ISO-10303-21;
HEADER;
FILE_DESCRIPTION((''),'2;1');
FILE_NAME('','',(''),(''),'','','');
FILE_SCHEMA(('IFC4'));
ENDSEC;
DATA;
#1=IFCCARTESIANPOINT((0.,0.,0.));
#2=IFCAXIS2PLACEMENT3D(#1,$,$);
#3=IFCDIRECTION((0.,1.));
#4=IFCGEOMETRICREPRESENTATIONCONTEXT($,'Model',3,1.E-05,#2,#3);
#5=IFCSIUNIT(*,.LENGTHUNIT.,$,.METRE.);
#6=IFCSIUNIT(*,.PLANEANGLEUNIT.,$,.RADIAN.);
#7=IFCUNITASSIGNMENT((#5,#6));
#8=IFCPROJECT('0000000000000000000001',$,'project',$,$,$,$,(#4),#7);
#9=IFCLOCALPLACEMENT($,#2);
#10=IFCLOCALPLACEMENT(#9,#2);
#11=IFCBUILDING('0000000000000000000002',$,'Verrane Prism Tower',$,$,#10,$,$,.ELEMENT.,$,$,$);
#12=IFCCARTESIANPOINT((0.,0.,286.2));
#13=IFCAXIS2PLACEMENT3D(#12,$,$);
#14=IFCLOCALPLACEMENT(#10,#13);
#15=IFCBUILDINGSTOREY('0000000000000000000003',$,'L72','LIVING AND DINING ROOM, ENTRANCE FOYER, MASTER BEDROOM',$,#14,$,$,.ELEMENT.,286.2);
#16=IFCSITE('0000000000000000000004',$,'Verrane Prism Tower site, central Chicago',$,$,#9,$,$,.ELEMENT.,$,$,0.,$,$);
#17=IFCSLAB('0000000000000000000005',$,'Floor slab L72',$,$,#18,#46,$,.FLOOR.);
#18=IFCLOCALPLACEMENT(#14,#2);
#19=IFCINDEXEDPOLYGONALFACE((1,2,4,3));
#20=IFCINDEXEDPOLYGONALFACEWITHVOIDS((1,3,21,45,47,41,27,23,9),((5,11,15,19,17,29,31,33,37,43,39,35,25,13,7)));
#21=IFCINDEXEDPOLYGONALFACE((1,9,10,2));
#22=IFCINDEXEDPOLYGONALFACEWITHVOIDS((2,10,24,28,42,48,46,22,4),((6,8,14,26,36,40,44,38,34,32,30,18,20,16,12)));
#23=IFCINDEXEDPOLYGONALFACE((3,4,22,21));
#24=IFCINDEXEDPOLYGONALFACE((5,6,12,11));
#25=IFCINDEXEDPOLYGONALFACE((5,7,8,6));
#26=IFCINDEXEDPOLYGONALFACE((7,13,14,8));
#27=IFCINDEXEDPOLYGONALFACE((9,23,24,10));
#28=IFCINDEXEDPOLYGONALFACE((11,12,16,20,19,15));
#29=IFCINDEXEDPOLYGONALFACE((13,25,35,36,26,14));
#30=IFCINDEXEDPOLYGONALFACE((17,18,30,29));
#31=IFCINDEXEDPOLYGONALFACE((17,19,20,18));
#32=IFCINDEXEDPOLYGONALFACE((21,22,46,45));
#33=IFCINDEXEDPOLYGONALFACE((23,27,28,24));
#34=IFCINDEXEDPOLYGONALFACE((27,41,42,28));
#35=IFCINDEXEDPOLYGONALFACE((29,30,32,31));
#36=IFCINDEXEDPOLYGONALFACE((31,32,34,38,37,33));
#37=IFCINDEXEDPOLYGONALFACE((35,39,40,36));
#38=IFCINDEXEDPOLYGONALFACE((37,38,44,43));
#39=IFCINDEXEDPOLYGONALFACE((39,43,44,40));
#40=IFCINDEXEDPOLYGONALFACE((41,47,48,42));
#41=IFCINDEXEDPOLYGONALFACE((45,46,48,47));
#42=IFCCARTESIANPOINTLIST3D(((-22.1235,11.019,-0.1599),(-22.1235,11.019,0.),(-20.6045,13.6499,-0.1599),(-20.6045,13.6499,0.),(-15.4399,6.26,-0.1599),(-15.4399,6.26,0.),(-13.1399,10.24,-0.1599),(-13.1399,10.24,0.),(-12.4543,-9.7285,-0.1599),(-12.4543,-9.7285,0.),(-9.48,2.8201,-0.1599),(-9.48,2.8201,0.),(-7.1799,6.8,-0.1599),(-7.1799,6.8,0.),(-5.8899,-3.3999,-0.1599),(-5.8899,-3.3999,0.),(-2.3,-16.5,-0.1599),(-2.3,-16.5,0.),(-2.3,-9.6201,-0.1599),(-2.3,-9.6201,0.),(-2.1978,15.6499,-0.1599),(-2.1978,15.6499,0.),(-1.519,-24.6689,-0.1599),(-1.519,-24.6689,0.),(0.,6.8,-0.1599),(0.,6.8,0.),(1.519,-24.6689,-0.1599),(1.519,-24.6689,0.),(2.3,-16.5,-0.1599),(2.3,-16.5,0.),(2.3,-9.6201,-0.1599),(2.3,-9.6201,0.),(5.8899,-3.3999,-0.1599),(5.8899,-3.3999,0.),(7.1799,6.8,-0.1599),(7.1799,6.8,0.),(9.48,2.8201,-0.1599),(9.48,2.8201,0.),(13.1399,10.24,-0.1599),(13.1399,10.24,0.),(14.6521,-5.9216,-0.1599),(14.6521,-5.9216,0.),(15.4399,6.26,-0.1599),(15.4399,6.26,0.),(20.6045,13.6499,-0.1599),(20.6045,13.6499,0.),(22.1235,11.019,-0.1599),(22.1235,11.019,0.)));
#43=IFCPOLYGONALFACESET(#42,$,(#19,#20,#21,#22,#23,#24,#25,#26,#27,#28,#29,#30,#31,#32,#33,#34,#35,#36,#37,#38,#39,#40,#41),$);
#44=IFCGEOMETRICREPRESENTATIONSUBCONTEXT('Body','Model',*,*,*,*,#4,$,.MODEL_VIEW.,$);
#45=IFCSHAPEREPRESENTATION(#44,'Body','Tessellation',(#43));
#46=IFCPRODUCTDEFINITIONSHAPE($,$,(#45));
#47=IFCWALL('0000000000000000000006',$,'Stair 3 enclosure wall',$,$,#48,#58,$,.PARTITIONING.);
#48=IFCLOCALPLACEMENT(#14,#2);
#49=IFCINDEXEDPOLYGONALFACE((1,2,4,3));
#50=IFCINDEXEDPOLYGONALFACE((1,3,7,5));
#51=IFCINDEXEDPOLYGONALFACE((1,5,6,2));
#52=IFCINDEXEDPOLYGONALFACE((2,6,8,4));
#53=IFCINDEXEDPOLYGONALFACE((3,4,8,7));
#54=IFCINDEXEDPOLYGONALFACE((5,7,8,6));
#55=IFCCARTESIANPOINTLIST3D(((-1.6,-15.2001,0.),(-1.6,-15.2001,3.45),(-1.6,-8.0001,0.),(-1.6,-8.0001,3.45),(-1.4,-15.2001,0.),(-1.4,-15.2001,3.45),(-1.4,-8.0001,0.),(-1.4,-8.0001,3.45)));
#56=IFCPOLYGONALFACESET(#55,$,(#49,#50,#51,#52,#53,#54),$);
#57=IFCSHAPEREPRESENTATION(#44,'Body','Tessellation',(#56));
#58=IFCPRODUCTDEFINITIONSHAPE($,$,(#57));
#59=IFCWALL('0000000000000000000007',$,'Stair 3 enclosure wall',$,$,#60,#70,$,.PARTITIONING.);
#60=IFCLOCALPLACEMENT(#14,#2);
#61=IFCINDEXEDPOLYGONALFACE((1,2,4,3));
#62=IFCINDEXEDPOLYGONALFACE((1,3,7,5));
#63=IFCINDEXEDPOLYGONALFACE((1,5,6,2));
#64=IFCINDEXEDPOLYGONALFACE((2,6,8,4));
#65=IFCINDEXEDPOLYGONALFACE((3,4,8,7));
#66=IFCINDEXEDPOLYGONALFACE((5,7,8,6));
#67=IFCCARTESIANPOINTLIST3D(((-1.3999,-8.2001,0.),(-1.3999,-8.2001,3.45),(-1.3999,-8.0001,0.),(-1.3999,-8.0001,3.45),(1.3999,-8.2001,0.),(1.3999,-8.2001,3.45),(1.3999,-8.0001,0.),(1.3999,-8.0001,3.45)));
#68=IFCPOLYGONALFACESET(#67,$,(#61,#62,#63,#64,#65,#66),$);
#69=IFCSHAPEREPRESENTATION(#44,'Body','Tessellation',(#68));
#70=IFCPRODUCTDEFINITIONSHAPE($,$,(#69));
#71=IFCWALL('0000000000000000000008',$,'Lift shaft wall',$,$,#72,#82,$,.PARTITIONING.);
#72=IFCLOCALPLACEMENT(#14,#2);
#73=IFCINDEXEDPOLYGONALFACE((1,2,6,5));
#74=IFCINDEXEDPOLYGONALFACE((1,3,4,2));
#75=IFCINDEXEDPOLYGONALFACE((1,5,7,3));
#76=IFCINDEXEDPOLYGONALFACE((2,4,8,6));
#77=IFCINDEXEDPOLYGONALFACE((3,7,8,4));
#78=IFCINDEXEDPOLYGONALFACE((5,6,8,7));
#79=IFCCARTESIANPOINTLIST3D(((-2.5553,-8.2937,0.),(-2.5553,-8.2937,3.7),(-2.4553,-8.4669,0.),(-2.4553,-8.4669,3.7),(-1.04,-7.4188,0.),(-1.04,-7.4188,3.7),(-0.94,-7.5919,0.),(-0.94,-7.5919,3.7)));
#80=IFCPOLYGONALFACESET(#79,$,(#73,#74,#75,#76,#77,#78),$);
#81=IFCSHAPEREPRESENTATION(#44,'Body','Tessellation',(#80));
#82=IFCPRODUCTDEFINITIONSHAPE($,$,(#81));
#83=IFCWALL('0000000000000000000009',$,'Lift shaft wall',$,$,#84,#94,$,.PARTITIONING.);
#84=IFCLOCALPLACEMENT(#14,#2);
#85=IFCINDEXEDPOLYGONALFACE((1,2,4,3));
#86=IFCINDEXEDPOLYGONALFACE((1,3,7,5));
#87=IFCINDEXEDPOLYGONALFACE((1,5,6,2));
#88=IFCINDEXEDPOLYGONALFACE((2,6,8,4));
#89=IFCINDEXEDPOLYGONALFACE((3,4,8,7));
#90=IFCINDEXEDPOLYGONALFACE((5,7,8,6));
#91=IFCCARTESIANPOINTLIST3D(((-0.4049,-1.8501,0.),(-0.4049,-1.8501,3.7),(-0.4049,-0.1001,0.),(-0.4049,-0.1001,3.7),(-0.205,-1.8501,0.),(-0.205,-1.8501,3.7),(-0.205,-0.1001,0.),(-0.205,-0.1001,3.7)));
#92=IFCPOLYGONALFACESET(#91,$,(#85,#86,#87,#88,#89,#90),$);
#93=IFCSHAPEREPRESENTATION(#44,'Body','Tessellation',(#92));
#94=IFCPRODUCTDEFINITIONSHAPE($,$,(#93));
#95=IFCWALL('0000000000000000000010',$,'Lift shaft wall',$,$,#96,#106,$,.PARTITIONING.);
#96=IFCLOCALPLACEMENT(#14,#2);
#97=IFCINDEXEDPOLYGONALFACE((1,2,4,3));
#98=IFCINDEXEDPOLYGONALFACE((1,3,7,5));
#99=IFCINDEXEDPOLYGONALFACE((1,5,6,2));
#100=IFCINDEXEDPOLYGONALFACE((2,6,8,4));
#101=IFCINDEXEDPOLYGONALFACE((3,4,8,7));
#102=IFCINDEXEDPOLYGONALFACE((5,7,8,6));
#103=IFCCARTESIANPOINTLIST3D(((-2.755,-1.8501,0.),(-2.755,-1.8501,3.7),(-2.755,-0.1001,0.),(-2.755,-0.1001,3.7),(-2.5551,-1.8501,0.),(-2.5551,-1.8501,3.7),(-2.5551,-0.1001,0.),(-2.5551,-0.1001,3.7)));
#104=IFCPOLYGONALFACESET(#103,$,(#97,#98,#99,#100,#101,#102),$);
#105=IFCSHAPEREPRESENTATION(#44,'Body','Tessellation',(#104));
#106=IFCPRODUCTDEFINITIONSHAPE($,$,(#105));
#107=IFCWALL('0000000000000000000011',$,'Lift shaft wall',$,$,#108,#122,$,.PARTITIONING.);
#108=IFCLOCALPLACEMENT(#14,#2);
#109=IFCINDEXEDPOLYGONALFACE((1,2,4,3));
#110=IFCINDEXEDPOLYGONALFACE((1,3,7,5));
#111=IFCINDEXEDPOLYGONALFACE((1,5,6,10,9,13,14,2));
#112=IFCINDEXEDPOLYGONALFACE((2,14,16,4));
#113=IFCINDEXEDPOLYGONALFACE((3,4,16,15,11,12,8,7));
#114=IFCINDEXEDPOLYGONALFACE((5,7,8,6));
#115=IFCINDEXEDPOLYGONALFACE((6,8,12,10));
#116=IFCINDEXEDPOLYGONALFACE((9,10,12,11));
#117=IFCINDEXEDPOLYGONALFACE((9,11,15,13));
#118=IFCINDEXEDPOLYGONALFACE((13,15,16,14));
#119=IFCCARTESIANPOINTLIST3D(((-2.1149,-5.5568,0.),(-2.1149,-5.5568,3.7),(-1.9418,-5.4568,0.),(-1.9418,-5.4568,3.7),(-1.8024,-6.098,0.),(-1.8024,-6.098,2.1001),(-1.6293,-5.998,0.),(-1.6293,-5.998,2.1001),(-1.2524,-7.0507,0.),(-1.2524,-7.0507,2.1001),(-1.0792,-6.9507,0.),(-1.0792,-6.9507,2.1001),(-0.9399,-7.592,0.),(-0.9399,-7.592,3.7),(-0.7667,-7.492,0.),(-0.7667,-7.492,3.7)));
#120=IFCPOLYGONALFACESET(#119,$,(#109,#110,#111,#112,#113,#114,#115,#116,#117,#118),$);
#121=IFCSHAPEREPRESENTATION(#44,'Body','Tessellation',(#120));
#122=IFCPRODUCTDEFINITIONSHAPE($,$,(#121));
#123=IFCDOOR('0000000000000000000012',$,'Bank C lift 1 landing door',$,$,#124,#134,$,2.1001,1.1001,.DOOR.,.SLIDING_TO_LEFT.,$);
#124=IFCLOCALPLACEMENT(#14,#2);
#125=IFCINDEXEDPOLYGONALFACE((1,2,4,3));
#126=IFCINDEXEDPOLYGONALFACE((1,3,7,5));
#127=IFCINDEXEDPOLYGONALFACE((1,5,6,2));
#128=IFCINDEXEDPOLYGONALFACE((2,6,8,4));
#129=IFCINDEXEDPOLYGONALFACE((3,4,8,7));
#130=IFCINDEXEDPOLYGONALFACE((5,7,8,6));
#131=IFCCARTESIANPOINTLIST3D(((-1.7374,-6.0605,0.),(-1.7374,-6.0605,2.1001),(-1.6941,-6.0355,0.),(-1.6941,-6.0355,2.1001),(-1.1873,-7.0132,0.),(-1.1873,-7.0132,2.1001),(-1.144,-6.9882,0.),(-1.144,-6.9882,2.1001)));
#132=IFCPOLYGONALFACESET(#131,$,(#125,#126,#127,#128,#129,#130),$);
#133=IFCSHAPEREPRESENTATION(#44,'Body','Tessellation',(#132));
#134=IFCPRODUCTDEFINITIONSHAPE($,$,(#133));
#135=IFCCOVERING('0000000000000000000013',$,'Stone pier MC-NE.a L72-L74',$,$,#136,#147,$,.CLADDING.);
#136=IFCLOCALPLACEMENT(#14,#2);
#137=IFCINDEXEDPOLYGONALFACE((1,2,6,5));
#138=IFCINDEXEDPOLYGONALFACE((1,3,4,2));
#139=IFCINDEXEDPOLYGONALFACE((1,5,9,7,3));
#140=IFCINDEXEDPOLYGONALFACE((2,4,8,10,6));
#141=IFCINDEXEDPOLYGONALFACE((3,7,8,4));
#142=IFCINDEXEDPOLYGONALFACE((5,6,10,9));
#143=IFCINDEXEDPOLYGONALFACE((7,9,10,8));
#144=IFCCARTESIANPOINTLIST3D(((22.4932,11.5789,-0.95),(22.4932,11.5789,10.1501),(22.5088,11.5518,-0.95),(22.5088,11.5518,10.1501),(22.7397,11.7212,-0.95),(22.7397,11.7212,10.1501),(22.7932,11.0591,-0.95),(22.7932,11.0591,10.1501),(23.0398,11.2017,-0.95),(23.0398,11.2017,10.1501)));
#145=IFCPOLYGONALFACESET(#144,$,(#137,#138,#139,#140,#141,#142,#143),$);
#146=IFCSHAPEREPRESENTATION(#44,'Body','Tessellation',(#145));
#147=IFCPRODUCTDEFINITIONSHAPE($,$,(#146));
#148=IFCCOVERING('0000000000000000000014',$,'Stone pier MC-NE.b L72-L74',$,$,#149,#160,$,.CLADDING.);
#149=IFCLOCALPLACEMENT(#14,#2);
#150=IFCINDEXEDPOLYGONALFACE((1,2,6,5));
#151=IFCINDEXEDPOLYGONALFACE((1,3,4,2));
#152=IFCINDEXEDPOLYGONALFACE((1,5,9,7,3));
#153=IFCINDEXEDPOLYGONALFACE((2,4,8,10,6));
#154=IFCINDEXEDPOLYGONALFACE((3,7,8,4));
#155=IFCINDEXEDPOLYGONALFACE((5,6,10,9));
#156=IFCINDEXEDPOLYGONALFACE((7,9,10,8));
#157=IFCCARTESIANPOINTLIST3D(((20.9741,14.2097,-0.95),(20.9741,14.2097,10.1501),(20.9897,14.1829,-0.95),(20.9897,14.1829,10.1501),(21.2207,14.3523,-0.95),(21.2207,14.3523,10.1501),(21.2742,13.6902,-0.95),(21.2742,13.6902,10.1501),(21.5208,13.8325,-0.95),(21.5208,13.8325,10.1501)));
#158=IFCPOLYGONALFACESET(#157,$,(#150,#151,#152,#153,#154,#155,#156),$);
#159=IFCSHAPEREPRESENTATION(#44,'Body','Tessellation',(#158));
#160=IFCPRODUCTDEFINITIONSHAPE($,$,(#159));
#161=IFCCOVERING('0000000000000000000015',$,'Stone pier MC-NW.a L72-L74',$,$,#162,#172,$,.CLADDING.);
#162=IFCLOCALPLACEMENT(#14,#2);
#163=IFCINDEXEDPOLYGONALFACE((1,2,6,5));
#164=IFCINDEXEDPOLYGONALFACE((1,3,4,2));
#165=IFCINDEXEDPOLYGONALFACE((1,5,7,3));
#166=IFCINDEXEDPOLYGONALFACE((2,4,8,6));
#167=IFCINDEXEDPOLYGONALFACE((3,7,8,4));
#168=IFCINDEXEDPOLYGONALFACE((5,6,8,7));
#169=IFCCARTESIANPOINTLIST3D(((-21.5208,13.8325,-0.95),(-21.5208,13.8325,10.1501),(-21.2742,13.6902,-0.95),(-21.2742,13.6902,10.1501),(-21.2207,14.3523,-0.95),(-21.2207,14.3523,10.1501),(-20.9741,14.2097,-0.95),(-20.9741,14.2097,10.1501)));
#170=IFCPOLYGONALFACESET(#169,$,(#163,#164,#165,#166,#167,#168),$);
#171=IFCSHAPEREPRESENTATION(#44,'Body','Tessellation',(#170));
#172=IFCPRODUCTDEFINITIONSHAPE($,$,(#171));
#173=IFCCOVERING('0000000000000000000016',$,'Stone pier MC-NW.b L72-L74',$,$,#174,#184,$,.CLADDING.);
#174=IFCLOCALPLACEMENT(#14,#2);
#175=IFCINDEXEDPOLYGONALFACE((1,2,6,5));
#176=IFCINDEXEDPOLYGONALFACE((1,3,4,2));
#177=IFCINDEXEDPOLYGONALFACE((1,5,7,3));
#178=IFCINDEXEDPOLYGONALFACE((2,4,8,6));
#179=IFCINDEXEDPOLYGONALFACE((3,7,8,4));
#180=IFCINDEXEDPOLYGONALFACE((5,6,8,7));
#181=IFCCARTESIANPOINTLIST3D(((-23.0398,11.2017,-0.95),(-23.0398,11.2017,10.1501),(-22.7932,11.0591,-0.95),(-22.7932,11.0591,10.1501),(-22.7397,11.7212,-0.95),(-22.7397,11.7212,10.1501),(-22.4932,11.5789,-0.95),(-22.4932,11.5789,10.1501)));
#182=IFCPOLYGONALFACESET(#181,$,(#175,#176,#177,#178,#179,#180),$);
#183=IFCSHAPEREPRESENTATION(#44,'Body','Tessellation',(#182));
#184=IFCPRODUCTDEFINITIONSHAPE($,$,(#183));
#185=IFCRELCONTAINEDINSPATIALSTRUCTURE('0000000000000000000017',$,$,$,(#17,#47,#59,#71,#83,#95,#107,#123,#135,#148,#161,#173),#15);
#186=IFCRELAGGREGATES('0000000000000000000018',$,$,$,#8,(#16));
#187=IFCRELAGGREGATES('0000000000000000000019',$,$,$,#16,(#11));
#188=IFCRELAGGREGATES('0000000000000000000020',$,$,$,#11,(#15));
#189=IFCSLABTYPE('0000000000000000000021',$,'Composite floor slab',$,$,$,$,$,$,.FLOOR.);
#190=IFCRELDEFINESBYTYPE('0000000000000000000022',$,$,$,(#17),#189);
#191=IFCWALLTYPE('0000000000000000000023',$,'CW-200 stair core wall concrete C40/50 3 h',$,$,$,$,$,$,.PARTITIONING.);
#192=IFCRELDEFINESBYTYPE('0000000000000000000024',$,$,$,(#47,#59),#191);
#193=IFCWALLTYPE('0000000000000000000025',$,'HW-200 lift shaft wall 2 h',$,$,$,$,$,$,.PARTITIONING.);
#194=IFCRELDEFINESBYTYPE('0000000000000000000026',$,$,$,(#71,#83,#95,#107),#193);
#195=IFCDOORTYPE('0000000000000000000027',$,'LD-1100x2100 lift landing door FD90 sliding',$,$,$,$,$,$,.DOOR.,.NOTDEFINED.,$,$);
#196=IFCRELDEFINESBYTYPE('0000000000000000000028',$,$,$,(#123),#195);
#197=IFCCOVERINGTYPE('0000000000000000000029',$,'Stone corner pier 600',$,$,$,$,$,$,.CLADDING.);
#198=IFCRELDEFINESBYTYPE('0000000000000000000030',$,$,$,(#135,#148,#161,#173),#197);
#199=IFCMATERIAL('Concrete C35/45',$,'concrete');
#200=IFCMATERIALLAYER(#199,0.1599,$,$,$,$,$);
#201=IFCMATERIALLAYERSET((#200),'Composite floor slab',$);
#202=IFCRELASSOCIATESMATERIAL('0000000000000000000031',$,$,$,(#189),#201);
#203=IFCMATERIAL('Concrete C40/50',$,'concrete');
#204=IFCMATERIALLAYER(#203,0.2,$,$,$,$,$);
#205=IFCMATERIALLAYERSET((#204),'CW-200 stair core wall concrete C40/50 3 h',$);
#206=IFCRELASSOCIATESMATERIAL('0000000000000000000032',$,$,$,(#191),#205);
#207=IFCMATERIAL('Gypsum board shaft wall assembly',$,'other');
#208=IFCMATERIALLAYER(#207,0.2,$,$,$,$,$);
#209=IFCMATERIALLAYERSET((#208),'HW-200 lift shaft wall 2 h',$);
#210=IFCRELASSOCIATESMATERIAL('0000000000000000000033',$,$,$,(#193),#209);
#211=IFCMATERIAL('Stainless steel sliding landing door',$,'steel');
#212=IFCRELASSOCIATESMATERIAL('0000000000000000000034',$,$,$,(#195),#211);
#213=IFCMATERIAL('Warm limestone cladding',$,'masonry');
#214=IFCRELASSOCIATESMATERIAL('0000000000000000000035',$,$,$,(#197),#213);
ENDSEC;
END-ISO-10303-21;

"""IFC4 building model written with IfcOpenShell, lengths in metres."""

from ifc_helpers import new_model, si_unit, direction, frame, frame_2d, origin, place, context, subcontext, project, spatial, polyline, rectangle, outline, extrude, material, layer, layer_set, type_object, element, fill, save


model = new_model("IFC4")

# Units and contexts
model_context = context("Model", 3, precision=1e-05, world=origin(), true_north=direction((0.0, 1.0)))
body_context = subcontext(model_context, "Body", "Model", "MODEL_VIEW")
ifc_project = project(units=[si_unit("LENGTHUNIT", "METRE"), si_unit("PLANEANGLEUNIT", "RADIAN")], contexts=[model_context])

# Site, building, storey
site_placement = place(None, origin())
site = spatial("IfcSite", under=ifc_project, at=site_placement, Name="Verrane Prism Tower site, central Chicago", CompositionType="ELEMENT", RefElevation=0.0)
building_placement = place(site_placement, origin())
building = spatial("IfcBuilding", under=site, at=building_placement, Name="Verrane Prism Tower", CompositionType="ELEMENT")
storey_placement = place(building_placement, frame((0.0, 0.0, 286.2)))
storey = spatial("IfcBuildingStorey", under=building, at=storey_placement, Name="L72", Description="LIVING AND DINING ROOM, ENTRANCE FOYER, MASTER BEDROOM", CompositionType="ELEMENT", Elevation=286.2)

# Slab
ifc_material_1 = material(Name="Concrete C35/45", Category="concrete")
ifc_layer_1 = layer(ifc_material_1, 0.1599)
ifc_layer_set_1 = layer_set([ifc_layer_1], Name="Composite floor slab")
slab_type = type_object("IfcSlabType", Name="Composite floor slab", PredefinedType="FLOOR", material=ifc_layer_set_1)
slab_placement = place(storey_placement, frame((0.0, 0.0, -0.1599)))
element("IfcSlab", 1, at=slab_placement, inside=storey, type_object=slab_type, Name="Floor slab L72", PredefinedType="FLOOR", context=body_context, shape_type="SweptSolid", body=[
    extrude(outline(polyline([(14.6521, -5.9216), (1.519, -24.6689), (-1.519, -24.6689), (-12.4543, -9.7285), (-22.1235, 11.019), (-20.6045, 13.6499), (-2.1978, 15.6499), (20.6045, 13.6499), (22.1235, 11.019), (14.6521, -5.9216)]), holes=[polyline([(15.4399, 6.26), (13.1399, 10.24), (7.1799, 6.8), (0.0, 6.8), (-7.1799, 6.8), (-13.1399, 10.24), (-15.4399, 6.26), (-9.48, 2.8201), (-5.8899, -3.3999), (-2.3, -9.6201), (-2.3, -16.5), (2.3, -16.5), (2.3, -9.6201), (5.8899, -3.3999), (9.48, 2.8201), (15.4399, 6.26)])]), origin(), (0.0, 0.0, 1.0), 0.1599),
])

# Walls
ifc_material_2 = material(Name="Concrete C40/50", Category="concrete")
ifc_layer_2 = layer(ifc_material_2, 0.2)
ifc_layer_set_2 = layer_set([ifc_layer_2], Name="CW-200 stair core wall concrete C40/50 3 h")
wall_type_1 = type_object("IfcWallType", Name="CW-200 stair core wall concrete C40/50 3 h", PredefinedType="PARTITIONING", material=ifc_layer_set_2)
wall_1_placement = place(storey_placement, frame((-1.5, -8.0, 0.0), z_axis=(0.0, 0.0, 1.0), x_axis=(0.0, -1.0, 0.0)))
element("IfcWall", 2, at=wall_1_placement, inside=storey, type_object=wall_type_1, Name="Stair 3 enclosure wall", PredefinedType="PARTITIONING", context=body_context, shape_type="SweptSolid", body=[
    extrude(rectangle(XDim=7.2, YDim=0.2, at=frame_2d((3.6001, 0.0))), origin(), (0.0, 0.0, 1.0), 3.45),
])
wall_2_placement = place(storey_placement, frame((-1.3999, -8.1001, 0.0), z_axis=(0.0, 0.0, 1.0), x_axis=(1.0, 0.0, 0.0)))
element("IfcWall", 3, at=wall_2_placement, inside=storey, type_object=wall_type_1, Name="Stair 3 enclosure wall", PredefinedType="PARTITIONING", context=body_context, shape_type="SweptSolid", body=[
    extrude(rectangle(XDim=2.7998, YDim=0.2, at=frame_2d((1.3999, 0.0))), origin(), (0.0, 0.0, 1.0), 3.45),
])
ifc_material_3 = material(Name="Gypsum board shaft wall assembly", Category="other")
ifc_layer_3 = layer(ifc_material_3, 0.2)
ifc_layer_set_3 = layer_set([ifc_layer_3], Name="HW-200 lift shaft wall 2 h")
wall_type_2 = type_object("IfcWallType", Name="HW-200 lift shaft wall 2 h", PredefinedType="PARTITIONING", material=ifc_layer_set_3)
wall_3_placement = place(storey_placement, frame((-2.5054, -8.3804, 0.0), z_axis=(0.0, 0.0, 1.0), x_axis=(0.866002, 0.50004, 0.0)))
element("IfcWall", 4, at=wall_3_placement, inside=storey, type_object=wall_type_2, Name="Lift shaft wall", PredefinedType="PARTITIONING", context=body_context, shape_type="SweptSolid", body=[
    extrude(rectangle(XDim=1.7498, YDim=0.2, at=frame_2d((0.875, 0.0))), origin(), (0.0, 0.0, 1.0), 3.7),
])
for number, where, z_axis, x_axis, name in (
    (5, (-0.3049, -1.8501, 0.0), (0.0, 0.0, 1.0), (0.0, 1.0, 0.0), "Lift shaft wall"),
    (6, (-2.655, -1.8501, 0.0), (0.0, 0.0, 1.0), (0.0, 1.0, 0.0), "Lift shaft wall"),
):
    element("IfcWall", number, at=place(storey_placement, frame(where, z_axis=z_axis, x_axis=x_axis)), inside=storey, type_object=wall_type_2, Name=name, PredefinedType="PARTITIONING", context=body_context, shape_type="SweptSolid", body=[
        extrude(rectangle(XDim=1.75, YDim=0.2, at=frame_2d((0.875, 0.0))), origin(), (0.0, 0.0, 1.0), 3.7),
    ])

# Wall, opening, door
wall_4_placement = place(storey_placement, frame((-0.8533, -7.542, 0.0), z_axis=(0.0, 0.0, 1.0), x_axis=(-0.500016, 0.866016, 0.0)))
wall_4 = element("IfcWall", 7, at=wall_4_placement, inside=storey, type_object=wall_type_2, Name="Lift shaft wall", PredefinedType="PARTITIONING", context=body_context, shape_type="SweptSolid", body=[
    extrude(rectangle(XDim=2.3501, YDim=0.2, at=frame_2d((1.175, 0.0))), origin(), (0.0, 0.0, 1.0), 3.7),
])
opening_placement = place(wall_4_placement, frame((0.625, 0.0, 0.0)))
opening = element("IfcOpeningElement", 8, at=opening_placement, cuts=wall_4, PredefinedType="OPENING", context=body_context, shape_type="SweptSolid", body=[
    extrude(rectangle(XDim=1.1001, YDim=2.1001, at=frame_2d((0.55, 1.05))), frame((0.0, 0.1099, 0.0), z_axis=(0.0, -1.0, 0.0), x_axis=(1.0, 0.0, 0.0)), (0.0, 0.0, 1.0), 0.22),
])
ifc_material_4 = material(Name="Stainless steel sliding landing door", Category="steel")
door_type = type_object("IfcDoorType", Name="LD-1100x2100 lift landing door FD90 sliding", OperationType="NOTDEFINED", PredefinedType="DOOR", material=ifc_material_4)
door_placement = place(opening_placement, origin())
door = element("IfcDoor", 9, at=door_placement, inside=storey, type_object=door_type, Name="Bank C lift 1 landing door", OperationType="SLIDING_TO_LEFT", OverallHeight=2.1001, OverallWidth=1.1001, PredefinedType="DOOR", context=body_context, shape_type="SweptSolid", body=[
    extrude(rectangle(XDim=1.1001, YDim=2.1001, at=frame_2d((0.55, 1.05))), frame((0.0, 0.0249, 0.0), z_axis=(0.0, -1.0, 0.0), x_axis=(1.0, 0.0, 0.0)), (0.0, 0.0, 1.0), 0.05),
])
fill(opening, door)

# Coverings
ifc_material_5 = material(Name="Warm limestone cladding", Category="masonry")
covering_type_1 = type_object("IfcCoveringType", Name="Stone corner pier 600", PredefinedType="CLADDING", material=ifc_material_5)
covering_1_placement = place(storey_placement, frame((0.0, 0.0, -0.95)))
element("IfcCovering", 10, at=covering_1_placement, inside=storey, type_object=covering_type_1, Name="Stone pier MC-NE.a L72-L74", PredefinedType="CLADDING", context=body_context, shape_type="SweptSolid", body=[
    extrude(outline(polyline([(22.4932, 11.5789), (22.5088, 11.5518), (22.7932, 11.0591), (23.0398, 11.2017), (22.7397, 11.7212), (22.4932, 11.5789)])), origin(), (0.0, 0.0, 1.0), 11.1001),
])
covering_2_placement = place(storey_placement, frame((0.0, 0.0, -0.95)))
element("IfcCovering", 11, at=covering_2_placement, inside=storey, type_object=covering_type_1, Name="Stone pier MC-NE.b L72-L74", PredefinedType="CLADDING", context=body_context, shape_type="SweptSolid", body=[
    extrude(outline(polyline([(20.9741, 14.2097), (20.9897, 14.1829), (21.2742, 13.6902), (21.5208, 13.8325), (21.2207, 14.3523), (20.9741, 14.2097)])), origin(), (0.0, 0.0, 1.0), 11.1001),
])
covering_3_placement = place(storey_placement, frame((0.0, 0.0, -0.95)))
element("IfcCovering", 12, at=covering_3_placement, inside=storey, type_object=covering_type_1, Name="Stone pier MC-NW.a L72-L74", PredefinedType="CLADDING", context=body_context, shape_type="SweptSolid", body=[
    extrude(outline(polyline([(-21.2742, 13.6902), (-20.9741, 14.2097), (-21.2207, 14.3523), (-21.5208, 13.8325), (-21.2742, 13.6902)])), origin(), (0.0, 0.0, 1.0), 11.1001),
])
covering_4_placement = place(storey_placement, frame((0.0, 0.0, -0.95)))
element("IfcCovering", 13, at=covering_4_placement, inside=storey, type_object=covering_type_1, Name="Stone pier MC-NW.b L72-L74", PredefinedType="CLADDING", context=body_context, shape_type="SweptSolid", body=[
    extrude(outline(polyline([(-22.7932, 11.0591), (-22.4932, 11.5789), (-22.7397, 11.7212), (-23.0398, 11.2017), (-22.7932, 11.0591)])), origin(), (0.0, 0.0, 1.0), 11.1001),
])

save(model, "model.ifc")
